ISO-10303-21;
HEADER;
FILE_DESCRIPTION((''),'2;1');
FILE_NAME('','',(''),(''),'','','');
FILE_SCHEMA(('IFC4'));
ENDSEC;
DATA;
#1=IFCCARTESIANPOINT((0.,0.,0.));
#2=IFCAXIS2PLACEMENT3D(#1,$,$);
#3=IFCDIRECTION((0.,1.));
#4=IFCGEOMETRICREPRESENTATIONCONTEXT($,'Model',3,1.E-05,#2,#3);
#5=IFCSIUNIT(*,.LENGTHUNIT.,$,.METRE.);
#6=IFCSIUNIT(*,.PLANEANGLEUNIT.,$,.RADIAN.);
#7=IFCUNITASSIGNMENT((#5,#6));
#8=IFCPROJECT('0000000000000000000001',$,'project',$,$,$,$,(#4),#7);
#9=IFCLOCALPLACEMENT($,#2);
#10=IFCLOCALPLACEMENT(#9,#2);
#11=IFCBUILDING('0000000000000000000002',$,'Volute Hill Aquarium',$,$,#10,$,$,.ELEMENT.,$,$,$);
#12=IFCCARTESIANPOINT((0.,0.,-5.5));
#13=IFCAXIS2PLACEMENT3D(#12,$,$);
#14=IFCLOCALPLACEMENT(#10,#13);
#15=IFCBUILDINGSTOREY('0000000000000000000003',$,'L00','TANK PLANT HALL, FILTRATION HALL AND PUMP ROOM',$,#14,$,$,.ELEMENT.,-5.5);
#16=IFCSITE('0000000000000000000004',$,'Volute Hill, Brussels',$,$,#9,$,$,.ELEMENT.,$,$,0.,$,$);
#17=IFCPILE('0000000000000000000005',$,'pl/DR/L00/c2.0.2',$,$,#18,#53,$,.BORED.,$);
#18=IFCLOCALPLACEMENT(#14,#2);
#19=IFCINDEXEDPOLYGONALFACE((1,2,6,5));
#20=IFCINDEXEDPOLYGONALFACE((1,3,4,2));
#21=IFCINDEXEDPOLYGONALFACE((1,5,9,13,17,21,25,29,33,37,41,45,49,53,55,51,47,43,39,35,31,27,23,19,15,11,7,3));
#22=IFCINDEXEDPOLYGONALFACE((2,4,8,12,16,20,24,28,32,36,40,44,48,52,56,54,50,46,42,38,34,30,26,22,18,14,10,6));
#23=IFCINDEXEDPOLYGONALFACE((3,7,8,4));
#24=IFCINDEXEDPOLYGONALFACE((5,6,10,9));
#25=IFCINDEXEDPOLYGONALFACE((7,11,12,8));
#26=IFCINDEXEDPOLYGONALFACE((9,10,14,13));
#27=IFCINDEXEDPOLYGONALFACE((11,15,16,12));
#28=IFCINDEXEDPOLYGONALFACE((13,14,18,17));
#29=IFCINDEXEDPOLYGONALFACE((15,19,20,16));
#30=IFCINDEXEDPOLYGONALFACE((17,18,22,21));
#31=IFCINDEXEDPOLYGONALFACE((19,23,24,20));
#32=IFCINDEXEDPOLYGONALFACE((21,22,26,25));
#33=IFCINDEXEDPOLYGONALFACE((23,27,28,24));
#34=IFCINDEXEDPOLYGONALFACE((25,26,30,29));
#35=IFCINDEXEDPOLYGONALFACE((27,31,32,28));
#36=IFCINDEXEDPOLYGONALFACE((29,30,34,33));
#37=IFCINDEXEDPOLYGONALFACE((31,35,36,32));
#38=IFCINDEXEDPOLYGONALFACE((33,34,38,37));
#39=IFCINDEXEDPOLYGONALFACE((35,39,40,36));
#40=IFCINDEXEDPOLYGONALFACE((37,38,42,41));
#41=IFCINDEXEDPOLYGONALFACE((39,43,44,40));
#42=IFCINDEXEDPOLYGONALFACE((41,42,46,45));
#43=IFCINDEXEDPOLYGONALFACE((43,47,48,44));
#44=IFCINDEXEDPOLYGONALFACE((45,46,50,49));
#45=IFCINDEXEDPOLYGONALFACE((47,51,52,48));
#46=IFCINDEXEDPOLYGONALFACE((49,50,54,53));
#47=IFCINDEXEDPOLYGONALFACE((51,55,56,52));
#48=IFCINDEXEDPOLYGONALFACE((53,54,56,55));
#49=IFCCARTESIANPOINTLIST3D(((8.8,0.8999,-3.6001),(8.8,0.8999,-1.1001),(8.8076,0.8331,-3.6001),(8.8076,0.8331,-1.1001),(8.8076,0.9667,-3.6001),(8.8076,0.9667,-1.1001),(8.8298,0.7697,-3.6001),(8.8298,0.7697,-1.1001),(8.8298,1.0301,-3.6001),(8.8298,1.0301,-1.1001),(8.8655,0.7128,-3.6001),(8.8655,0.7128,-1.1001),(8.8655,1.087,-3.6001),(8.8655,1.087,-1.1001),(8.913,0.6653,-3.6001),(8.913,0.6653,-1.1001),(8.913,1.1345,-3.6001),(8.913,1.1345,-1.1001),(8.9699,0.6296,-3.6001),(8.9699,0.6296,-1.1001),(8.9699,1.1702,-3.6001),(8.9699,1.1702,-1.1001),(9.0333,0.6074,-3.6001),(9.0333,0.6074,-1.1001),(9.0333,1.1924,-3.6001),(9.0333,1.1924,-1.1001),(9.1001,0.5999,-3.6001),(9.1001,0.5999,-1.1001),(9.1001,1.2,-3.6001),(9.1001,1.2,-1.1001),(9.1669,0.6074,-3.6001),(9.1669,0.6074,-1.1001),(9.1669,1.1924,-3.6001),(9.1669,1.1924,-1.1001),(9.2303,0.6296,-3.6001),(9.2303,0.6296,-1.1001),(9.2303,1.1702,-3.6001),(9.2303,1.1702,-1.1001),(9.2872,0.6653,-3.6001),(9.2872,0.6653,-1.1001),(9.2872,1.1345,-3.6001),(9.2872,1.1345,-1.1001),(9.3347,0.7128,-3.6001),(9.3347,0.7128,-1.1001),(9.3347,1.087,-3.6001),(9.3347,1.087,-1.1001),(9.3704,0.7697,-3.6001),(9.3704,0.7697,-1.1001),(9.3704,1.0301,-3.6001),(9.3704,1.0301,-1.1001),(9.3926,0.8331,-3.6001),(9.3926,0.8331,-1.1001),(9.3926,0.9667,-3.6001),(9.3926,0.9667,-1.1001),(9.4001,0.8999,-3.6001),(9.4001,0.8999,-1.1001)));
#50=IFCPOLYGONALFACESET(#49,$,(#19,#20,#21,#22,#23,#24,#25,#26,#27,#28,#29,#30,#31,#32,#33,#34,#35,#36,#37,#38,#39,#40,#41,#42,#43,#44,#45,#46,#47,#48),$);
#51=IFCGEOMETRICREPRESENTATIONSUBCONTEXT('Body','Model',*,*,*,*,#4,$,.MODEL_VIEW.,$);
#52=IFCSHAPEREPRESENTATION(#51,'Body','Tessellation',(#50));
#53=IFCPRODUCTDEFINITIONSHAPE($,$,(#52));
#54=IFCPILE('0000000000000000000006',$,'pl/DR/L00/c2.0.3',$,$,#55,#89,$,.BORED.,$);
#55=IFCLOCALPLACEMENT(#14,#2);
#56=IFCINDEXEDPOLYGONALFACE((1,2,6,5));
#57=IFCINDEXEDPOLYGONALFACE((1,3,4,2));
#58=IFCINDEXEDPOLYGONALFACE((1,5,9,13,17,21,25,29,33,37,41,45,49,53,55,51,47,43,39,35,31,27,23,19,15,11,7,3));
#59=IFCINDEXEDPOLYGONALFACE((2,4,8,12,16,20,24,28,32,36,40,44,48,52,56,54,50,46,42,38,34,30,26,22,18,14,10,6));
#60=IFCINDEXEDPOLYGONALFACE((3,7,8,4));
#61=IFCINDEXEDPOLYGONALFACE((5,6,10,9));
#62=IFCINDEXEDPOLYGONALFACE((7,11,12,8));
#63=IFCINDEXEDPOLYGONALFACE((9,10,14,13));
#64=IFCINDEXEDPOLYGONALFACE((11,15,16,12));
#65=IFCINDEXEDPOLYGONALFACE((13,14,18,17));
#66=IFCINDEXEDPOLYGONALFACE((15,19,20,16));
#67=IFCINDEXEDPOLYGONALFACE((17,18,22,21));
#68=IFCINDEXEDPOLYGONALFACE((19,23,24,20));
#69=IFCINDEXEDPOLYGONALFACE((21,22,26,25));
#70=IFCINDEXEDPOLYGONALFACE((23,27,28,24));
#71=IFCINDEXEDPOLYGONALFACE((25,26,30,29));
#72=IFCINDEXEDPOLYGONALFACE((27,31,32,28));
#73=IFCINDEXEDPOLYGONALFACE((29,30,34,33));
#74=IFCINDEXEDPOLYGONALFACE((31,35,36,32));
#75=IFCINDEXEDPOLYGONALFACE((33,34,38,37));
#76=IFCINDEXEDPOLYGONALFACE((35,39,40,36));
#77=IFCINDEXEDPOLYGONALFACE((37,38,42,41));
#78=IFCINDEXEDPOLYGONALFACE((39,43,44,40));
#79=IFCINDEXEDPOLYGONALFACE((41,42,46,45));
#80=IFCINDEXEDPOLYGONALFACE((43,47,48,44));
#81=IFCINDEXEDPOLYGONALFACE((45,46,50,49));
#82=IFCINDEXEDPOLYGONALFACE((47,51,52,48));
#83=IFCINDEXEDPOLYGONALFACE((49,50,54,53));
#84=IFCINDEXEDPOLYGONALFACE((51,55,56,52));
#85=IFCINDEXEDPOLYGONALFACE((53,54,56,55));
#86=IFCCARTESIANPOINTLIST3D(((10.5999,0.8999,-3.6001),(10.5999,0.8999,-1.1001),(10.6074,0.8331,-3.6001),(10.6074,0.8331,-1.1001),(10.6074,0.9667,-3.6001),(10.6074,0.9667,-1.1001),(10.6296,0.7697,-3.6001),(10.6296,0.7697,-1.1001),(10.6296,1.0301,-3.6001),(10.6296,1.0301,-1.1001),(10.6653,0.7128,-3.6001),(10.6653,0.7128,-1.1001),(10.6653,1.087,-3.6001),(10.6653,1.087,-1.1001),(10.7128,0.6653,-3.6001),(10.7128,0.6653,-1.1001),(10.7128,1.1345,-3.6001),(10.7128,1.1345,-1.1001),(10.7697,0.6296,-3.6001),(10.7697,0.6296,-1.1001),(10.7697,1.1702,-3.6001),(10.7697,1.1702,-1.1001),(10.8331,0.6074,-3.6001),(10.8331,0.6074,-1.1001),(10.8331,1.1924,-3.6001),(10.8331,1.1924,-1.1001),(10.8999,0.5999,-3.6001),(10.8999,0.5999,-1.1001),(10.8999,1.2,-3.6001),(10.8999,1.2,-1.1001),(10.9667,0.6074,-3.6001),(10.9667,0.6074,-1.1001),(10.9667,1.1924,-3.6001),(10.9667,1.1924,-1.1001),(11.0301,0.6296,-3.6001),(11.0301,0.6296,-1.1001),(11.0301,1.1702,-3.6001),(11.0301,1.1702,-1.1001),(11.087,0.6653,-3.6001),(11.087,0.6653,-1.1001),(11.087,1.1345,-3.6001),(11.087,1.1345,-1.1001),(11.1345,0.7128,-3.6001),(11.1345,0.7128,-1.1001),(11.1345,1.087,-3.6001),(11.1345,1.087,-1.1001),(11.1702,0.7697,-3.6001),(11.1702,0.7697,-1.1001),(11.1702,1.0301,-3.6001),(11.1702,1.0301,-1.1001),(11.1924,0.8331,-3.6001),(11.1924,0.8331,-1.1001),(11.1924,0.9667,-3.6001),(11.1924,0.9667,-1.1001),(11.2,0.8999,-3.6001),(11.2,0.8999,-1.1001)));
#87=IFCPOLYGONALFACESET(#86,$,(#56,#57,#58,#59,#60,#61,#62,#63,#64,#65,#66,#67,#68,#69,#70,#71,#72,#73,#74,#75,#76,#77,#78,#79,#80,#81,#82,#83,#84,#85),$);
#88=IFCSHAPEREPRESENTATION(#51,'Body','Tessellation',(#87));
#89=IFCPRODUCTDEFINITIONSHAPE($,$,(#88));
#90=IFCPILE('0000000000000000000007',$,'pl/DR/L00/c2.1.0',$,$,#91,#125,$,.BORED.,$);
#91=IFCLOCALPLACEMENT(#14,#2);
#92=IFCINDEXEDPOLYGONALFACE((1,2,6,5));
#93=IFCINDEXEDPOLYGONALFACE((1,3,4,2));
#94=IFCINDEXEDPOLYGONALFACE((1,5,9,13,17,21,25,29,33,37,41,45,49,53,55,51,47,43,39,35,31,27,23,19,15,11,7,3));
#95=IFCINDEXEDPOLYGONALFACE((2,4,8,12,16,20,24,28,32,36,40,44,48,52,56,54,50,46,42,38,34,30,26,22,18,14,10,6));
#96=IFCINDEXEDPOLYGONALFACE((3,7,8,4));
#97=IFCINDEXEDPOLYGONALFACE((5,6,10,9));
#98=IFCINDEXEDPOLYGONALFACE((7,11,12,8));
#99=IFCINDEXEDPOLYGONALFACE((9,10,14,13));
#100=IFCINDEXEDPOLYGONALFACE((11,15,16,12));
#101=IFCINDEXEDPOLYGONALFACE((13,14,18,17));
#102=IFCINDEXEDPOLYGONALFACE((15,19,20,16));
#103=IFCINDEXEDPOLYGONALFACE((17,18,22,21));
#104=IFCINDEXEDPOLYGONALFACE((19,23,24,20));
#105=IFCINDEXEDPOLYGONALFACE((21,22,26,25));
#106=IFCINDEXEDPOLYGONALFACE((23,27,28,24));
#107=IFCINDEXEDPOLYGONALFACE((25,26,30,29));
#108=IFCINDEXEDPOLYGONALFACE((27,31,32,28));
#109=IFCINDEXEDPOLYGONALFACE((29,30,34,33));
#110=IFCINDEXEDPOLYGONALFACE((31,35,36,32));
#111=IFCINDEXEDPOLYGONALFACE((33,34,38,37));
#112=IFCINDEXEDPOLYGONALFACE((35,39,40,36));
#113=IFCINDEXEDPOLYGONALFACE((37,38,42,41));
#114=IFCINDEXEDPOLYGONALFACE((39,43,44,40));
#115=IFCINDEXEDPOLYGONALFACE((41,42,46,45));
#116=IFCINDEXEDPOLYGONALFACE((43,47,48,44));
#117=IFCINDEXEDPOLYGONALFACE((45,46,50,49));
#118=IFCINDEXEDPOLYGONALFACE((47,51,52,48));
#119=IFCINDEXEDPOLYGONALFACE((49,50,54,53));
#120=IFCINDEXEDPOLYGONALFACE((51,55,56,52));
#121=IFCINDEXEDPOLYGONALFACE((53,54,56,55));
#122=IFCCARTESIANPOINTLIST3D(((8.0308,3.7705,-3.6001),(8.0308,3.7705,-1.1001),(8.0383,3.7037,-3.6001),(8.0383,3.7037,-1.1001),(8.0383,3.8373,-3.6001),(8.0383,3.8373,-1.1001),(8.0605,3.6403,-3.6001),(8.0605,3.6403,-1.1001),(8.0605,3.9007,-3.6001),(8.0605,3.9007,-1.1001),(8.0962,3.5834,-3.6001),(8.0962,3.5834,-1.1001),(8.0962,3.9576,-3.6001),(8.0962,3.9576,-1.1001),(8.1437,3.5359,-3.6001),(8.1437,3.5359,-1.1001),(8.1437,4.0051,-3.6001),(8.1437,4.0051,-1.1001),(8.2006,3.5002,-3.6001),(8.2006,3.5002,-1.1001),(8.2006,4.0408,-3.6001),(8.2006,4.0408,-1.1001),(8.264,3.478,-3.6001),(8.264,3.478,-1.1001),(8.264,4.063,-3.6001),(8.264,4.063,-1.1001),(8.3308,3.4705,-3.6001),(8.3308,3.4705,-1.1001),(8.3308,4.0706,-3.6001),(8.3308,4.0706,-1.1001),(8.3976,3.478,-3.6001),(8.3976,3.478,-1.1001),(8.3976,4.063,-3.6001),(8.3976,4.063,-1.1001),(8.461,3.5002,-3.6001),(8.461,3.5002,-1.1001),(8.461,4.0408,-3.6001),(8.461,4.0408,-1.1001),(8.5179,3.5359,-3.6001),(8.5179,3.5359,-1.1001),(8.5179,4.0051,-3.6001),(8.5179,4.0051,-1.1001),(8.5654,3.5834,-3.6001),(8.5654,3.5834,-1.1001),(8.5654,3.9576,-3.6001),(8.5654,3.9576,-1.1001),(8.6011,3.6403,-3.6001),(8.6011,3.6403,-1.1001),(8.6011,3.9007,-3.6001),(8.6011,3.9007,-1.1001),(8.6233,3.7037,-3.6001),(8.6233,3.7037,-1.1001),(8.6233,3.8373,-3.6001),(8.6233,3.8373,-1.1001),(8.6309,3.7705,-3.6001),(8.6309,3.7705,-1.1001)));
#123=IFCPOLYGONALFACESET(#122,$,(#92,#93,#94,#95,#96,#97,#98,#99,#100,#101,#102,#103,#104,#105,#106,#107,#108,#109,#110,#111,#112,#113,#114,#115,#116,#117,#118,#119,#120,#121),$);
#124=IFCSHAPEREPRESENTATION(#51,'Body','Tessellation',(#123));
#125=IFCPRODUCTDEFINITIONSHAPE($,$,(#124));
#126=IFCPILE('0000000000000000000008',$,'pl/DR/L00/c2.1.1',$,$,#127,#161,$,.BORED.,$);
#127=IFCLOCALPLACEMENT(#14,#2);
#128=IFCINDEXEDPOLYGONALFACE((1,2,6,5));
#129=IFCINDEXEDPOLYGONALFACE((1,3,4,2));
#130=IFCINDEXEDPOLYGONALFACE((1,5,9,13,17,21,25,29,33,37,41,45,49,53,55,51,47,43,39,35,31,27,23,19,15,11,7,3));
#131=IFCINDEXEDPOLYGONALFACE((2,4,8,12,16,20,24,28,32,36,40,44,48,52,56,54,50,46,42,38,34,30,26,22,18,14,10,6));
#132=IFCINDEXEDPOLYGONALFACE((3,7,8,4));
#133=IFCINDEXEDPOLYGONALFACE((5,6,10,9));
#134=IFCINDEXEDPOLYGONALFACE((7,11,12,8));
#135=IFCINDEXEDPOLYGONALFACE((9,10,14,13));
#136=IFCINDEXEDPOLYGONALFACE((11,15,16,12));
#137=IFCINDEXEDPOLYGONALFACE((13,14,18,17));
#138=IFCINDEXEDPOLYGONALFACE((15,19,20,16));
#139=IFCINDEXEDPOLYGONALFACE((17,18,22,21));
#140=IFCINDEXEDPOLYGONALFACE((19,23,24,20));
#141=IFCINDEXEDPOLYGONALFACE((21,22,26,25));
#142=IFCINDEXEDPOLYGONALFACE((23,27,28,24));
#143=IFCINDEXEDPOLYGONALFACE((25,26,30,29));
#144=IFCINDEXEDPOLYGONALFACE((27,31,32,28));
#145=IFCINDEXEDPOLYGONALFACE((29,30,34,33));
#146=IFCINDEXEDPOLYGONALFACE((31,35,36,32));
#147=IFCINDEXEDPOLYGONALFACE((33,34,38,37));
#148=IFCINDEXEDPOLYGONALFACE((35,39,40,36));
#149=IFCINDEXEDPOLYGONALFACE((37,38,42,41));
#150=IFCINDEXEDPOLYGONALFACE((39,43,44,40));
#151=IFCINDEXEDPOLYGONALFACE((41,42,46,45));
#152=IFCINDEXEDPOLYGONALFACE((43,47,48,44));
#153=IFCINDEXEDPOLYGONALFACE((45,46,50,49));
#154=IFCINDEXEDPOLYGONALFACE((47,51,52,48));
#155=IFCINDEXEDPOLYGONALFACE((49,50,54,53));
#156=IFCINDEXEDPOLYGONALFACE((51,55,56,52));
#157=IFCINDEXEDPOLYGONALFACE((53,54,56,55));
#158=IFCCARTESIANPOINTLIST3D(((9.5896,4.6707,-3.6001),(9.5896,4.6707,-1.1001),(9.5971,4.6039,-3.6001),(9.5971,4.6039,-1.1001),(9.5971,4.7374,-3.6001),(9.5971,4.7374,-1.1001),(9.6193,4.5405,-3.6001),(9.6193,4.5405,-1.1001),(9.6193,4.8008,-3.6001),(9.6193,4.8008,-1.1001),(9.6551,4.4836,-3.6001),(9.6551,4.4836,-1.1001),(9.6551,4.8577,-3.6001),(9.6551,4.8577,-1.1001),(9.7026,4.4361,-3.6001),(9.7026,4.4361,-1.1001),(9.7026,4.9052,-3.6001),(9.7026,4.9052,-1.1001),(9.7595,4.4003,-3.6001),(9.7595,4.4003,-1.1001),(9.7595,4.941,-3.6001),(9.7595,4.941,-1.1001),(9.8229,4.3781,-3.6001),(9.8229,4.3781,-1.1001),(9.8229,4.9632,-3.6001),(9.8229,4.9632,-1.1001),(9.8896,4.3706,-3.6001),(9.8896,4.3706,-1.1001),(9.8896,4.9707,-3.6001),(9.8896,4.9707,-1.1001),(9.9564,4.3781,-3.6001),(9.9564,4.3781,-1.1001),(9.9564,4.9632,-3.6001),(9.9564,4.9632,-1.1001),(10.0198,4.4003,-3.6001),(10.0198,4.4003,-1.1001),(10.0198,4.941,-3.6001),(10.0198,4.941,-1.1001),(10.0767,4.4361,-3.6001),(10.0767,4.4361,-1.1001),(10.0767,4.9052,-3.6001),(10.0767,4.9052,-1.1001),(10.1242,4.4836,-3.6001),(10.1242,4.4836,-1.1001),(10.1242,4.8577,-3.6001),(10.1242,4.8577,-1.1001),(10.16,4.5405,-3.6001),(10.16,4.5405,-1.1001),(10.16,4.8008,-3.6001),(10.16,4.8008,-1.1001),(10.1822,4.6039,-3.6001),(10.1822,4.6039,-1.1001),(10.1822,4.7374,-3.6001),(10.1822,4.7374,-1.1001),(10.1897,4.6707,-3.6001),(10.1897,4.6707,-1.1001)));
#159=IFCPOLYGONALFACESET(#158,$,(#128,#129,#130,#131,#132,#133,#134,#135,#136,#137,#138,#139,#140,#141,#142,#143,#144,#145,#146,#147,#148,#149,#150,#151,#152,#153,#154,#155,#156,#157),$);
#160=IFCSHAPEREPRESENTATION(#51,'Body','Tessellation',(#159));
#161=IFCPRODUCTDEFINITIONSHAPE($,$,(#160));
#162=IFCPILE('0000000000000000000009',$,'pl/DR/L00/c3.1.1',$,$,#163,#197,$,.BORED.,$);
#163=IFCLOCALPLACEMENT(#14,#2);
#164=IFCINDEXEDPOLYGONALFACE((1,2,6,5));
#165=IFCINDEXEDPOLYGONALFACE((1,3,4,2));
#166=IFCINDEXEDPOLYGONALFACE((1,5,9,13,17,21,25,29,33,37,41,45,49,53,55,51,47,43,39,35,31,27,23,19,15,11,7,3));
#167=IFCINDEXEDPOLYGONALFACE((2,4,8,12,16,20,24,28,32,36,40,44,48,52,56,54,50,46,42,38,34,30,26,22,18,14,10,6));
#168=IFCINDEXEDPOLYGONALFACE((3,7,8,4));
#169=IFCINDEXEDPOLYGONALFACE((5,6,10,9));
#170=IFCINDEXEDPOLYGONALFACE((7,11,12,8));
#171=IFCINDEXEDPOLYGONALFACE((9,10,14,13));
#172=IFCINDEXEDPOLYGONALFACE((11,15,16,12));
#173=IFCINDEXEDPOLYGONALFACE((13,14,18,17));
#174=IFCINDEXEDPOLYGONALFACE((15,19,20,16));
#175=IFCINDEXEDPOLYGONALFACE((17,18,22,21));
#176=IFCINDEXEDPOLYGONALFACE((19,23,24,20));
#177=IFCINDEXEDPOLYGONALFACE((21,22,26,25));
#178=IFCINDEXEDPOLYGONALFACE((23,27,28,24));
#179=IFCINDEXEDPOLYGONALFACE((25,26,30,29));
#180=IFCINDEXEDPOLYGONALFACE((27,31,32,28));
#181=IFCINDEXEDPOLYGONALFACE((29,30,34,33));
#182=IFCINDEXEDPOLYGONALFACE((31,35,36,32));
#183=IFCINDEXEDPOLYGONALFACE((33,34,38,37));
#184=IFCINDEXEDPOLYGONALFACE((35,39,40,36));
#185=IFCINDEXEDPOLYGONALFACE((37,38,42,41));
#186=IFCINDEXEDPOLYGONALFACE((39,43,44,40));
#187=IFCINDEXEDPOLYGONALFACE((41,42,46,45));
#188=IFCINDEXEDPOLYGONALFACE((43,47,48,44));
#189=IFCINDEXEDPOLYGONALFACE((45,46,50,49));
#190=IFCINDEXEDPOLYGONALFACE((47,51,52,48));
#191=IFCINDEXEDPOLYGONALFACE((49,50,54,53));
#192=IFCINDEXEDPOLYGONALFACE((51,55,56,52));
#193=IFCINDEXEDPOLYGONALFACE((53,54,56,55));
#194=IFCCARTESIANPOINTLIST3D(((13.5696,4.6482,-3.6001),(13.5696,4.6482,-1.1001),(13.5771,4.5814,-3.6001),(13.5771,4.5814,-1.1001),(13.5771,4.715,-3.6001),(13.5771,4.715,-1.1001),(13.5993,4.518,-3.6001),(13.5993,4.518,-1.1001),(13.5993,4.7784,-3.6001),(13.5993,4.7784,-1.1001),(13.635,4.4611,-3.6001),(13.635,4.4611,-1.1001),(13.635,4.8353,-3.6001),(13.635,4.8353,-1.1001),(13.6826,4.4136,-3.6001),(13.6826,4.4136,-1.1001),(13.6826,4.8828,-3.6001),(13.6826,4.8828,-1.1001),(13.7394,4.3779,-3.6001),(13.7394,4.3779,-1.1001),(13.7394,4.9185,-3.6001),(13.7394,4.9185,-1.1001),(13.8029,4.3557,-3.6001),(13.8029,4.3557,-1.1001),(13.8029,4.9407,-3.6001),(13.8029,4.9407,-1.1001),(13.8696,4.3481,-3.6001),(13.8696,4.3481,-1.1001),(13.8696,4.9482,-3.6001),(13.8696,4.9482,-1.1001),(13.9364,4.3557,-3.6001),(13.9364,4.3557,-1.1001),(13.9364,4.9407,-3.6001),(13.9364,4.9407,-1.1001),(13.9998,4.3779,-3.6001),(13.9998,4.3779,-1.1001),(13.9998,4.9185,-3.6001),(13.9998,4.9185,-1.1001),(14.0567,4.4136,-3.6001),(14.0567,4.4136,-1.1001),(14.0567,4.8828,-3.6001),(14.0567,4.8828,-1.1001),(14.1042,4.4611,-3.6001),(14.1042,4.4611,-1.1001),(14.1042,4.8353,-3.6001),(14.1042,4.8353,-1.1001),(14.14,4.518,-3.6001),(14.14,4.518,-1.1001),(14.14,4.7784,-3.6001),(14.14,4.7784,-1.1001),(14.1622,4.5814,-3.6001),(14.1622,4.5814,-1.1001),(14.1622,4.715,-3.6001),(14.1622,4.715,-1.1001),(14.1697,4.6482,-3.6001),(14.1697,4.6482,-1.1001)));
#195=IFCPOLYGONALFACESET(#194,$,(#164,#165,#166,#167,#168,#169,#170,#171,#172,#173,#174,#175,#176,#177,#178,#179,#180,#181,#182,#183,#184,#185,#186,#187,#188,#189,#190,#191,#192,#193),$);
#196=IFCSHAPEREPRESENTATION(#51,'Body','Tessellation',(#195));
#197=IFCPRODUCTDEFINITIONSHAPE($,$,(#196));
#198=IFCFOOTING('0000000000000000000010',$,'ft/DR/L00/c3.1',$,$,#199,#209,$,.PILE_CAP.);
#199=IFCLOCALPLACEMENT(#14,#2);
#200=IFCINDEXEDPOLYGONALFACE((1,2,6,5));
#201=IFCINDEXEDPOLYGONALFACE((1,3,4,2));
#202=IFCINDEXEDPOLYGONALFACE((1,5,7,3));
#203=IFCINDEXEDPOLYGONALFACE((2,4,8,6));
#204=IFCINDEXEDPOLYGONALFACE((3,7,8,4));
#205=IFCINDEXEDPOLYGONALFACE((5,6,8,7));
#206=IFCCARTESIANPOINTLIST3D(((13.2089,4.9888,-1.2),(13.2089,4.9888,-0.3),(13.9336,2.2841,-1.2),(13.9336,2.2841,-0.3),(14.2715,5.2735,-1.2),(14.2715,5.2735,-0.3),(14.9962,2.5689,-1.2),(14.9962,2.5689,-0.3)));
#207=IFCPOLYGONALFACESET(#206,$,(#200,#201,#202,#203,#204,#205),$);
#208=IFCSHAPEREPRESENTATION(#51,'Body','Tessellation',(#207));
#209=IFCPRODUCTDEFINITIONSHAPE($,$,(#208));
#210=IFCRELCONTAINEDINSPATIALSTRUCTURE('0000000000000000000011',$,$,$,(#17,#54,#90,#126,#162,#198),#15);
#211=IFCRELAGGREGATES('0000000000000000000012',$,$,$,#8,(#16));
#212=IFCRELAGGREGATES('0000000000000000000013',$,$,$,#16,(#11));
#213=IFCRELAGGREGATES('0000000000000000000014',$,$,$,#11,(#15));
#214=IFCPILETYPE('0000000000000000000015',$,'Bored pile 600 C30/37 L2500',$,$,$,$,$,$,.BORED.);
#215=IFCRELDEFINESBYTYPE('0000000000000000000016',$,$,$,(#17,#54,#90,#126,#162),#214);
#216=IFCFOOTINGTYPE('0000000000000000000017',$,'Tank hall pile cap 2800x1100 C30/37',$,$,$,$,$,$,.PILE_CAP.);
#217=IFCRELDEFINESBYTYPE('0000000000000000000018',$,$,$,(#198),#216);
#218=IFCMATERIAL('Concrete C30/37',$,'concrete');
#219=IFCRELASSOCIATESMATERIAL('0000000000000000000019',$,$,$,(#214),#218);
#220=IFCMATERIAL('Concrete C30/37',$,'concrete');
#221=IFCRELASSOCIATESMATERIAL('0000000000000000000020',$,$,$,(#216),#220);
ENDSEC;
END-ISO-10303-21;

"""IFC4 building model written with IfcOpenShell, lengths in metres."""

from ifc_helpers import new_model, si_unit, direction, frame, origin, origin_2d, place, context, subcontext, project, spatial, rectangle, circle, extrude, material, type_object, element, save


model = new_model("IFC4")

# Units and contexts
model_context = context("Model", 3, precision=1e-05, world=origin(), true_north=direction((0.0, 1.0)))
body_context = subcontext(model_context, "Body", "Model", "MODEL_VIEW")
ifc_project = project(units=[si_unit("LENGTHUNIT", "METRE"), si_unit("PLANEANGLEUNIT", "RADIAN")], contexts=[model_context])

# Site, building, storey
site_placement = place(None, origin())
site = spatial("IfcSite", under=ifc_project, at=site_placement, Name="Volute Hill, Brussels", CompositionType="ELEMENT", RefElevation=0.0)
building_placement = place(site_placement, origin())
building = spatial("IfcBuilding", under=site, at=building_placement, Name="Volute Hill Aquarium", CompositionType="ELEMENT")
storey_placement = place(building_placement, frame((0.0, 0.0, -5.5)))
storey = spatial("IfcBuildingStorey", under=building, at=storey_placement, Name="L00", Description="TANK PLANT HALL, FILTRATION HALL AND PUMP ROOM", CompositionType="ELEMENT", Elevation=-5.5)

# Piles
ifc_material_1 = material(Name="Concrete C30/37", Category="concrete")
pile_type = type_object("IfcPileType", Name="Bored pile 600 C30/37 L2500", PredefinedType="BORED", material=ifc_material_1)
for number, where, z_axis, x_axis, name in (
    (1, (9.1001, 0.8999, -1.1001), (0.0, 0.0, -1.0), (1.0, 0.0, 0.0), "pl/DR/L00/c2.0.2"),
    (2, (10.8999, 0.8999, -1.1001), (0.0, 0.0, -1.0), (1.0, 0.0, 0.0), "pl/DR/L00/c2.0.3"),
    (3, (8.3308, 3.7705, -1.1001), (0.0, 0.0, -1.0), (1.0, 0.0, 0.0), "pl/DR/L00/c2.1.0"),
    (4, (9.8896, 4.6707, -1.1001), (0.0, 0.0, -1.0), (1.0, 0.0, 0.0), "pl/DR/L00/c2.1.1"),
    (5, (13.8696, 4.6482, -1.1001), (0.0, 0.0, -1.0), (1.0, 0.0, 0.0), "pl/DR/L00/c3.1.1"),
):
    element("IfcPile", number, at=place(storey_placement, frame(where, z_axis=z_axis, x_axis=x_axis)), inside=storey, type_object=pile_type, Name=name, PredefinedType="BORED", context=body_context, shape_type="SweptSolid", body=[
        extrude(circle(Radius=0.3, at=origin_2d()), origin(), (0.0, 0.0, 1.0), 2.5),
    ])

# Footing
ifc_material_2 = material(Name="Concrete C30/37", Category="concrete")
footing_type_1 = type_object("IfcFootingType", Name="Tank hall pile cap 2800x1100 C30/37", PredefinedType="PILE_CAP", material=ifc_material_2)
footing_placement = place(storey_placement, frame((14.1025, 3.7788, -1.2), z_axis=(0.0, 0.0, 1.0), x_axis=(-0.258819, 0.965926, 0.0)))
element("IfcFooting", 6, at=footing_placement, inside=storey, type_object=footing_type_1, Name="ft/DR/L00/c3.1", PredefinedType="PILE_CAP", context=body_context, shape_type="SweptSolid", body=[
    extrude(rectangle(XDim=2.8, YDim=1.1001, at=origin_2d()), origin(), (0.0, 0.0, 1.0), 0.8999),
])

save(model, "model.ifc")
